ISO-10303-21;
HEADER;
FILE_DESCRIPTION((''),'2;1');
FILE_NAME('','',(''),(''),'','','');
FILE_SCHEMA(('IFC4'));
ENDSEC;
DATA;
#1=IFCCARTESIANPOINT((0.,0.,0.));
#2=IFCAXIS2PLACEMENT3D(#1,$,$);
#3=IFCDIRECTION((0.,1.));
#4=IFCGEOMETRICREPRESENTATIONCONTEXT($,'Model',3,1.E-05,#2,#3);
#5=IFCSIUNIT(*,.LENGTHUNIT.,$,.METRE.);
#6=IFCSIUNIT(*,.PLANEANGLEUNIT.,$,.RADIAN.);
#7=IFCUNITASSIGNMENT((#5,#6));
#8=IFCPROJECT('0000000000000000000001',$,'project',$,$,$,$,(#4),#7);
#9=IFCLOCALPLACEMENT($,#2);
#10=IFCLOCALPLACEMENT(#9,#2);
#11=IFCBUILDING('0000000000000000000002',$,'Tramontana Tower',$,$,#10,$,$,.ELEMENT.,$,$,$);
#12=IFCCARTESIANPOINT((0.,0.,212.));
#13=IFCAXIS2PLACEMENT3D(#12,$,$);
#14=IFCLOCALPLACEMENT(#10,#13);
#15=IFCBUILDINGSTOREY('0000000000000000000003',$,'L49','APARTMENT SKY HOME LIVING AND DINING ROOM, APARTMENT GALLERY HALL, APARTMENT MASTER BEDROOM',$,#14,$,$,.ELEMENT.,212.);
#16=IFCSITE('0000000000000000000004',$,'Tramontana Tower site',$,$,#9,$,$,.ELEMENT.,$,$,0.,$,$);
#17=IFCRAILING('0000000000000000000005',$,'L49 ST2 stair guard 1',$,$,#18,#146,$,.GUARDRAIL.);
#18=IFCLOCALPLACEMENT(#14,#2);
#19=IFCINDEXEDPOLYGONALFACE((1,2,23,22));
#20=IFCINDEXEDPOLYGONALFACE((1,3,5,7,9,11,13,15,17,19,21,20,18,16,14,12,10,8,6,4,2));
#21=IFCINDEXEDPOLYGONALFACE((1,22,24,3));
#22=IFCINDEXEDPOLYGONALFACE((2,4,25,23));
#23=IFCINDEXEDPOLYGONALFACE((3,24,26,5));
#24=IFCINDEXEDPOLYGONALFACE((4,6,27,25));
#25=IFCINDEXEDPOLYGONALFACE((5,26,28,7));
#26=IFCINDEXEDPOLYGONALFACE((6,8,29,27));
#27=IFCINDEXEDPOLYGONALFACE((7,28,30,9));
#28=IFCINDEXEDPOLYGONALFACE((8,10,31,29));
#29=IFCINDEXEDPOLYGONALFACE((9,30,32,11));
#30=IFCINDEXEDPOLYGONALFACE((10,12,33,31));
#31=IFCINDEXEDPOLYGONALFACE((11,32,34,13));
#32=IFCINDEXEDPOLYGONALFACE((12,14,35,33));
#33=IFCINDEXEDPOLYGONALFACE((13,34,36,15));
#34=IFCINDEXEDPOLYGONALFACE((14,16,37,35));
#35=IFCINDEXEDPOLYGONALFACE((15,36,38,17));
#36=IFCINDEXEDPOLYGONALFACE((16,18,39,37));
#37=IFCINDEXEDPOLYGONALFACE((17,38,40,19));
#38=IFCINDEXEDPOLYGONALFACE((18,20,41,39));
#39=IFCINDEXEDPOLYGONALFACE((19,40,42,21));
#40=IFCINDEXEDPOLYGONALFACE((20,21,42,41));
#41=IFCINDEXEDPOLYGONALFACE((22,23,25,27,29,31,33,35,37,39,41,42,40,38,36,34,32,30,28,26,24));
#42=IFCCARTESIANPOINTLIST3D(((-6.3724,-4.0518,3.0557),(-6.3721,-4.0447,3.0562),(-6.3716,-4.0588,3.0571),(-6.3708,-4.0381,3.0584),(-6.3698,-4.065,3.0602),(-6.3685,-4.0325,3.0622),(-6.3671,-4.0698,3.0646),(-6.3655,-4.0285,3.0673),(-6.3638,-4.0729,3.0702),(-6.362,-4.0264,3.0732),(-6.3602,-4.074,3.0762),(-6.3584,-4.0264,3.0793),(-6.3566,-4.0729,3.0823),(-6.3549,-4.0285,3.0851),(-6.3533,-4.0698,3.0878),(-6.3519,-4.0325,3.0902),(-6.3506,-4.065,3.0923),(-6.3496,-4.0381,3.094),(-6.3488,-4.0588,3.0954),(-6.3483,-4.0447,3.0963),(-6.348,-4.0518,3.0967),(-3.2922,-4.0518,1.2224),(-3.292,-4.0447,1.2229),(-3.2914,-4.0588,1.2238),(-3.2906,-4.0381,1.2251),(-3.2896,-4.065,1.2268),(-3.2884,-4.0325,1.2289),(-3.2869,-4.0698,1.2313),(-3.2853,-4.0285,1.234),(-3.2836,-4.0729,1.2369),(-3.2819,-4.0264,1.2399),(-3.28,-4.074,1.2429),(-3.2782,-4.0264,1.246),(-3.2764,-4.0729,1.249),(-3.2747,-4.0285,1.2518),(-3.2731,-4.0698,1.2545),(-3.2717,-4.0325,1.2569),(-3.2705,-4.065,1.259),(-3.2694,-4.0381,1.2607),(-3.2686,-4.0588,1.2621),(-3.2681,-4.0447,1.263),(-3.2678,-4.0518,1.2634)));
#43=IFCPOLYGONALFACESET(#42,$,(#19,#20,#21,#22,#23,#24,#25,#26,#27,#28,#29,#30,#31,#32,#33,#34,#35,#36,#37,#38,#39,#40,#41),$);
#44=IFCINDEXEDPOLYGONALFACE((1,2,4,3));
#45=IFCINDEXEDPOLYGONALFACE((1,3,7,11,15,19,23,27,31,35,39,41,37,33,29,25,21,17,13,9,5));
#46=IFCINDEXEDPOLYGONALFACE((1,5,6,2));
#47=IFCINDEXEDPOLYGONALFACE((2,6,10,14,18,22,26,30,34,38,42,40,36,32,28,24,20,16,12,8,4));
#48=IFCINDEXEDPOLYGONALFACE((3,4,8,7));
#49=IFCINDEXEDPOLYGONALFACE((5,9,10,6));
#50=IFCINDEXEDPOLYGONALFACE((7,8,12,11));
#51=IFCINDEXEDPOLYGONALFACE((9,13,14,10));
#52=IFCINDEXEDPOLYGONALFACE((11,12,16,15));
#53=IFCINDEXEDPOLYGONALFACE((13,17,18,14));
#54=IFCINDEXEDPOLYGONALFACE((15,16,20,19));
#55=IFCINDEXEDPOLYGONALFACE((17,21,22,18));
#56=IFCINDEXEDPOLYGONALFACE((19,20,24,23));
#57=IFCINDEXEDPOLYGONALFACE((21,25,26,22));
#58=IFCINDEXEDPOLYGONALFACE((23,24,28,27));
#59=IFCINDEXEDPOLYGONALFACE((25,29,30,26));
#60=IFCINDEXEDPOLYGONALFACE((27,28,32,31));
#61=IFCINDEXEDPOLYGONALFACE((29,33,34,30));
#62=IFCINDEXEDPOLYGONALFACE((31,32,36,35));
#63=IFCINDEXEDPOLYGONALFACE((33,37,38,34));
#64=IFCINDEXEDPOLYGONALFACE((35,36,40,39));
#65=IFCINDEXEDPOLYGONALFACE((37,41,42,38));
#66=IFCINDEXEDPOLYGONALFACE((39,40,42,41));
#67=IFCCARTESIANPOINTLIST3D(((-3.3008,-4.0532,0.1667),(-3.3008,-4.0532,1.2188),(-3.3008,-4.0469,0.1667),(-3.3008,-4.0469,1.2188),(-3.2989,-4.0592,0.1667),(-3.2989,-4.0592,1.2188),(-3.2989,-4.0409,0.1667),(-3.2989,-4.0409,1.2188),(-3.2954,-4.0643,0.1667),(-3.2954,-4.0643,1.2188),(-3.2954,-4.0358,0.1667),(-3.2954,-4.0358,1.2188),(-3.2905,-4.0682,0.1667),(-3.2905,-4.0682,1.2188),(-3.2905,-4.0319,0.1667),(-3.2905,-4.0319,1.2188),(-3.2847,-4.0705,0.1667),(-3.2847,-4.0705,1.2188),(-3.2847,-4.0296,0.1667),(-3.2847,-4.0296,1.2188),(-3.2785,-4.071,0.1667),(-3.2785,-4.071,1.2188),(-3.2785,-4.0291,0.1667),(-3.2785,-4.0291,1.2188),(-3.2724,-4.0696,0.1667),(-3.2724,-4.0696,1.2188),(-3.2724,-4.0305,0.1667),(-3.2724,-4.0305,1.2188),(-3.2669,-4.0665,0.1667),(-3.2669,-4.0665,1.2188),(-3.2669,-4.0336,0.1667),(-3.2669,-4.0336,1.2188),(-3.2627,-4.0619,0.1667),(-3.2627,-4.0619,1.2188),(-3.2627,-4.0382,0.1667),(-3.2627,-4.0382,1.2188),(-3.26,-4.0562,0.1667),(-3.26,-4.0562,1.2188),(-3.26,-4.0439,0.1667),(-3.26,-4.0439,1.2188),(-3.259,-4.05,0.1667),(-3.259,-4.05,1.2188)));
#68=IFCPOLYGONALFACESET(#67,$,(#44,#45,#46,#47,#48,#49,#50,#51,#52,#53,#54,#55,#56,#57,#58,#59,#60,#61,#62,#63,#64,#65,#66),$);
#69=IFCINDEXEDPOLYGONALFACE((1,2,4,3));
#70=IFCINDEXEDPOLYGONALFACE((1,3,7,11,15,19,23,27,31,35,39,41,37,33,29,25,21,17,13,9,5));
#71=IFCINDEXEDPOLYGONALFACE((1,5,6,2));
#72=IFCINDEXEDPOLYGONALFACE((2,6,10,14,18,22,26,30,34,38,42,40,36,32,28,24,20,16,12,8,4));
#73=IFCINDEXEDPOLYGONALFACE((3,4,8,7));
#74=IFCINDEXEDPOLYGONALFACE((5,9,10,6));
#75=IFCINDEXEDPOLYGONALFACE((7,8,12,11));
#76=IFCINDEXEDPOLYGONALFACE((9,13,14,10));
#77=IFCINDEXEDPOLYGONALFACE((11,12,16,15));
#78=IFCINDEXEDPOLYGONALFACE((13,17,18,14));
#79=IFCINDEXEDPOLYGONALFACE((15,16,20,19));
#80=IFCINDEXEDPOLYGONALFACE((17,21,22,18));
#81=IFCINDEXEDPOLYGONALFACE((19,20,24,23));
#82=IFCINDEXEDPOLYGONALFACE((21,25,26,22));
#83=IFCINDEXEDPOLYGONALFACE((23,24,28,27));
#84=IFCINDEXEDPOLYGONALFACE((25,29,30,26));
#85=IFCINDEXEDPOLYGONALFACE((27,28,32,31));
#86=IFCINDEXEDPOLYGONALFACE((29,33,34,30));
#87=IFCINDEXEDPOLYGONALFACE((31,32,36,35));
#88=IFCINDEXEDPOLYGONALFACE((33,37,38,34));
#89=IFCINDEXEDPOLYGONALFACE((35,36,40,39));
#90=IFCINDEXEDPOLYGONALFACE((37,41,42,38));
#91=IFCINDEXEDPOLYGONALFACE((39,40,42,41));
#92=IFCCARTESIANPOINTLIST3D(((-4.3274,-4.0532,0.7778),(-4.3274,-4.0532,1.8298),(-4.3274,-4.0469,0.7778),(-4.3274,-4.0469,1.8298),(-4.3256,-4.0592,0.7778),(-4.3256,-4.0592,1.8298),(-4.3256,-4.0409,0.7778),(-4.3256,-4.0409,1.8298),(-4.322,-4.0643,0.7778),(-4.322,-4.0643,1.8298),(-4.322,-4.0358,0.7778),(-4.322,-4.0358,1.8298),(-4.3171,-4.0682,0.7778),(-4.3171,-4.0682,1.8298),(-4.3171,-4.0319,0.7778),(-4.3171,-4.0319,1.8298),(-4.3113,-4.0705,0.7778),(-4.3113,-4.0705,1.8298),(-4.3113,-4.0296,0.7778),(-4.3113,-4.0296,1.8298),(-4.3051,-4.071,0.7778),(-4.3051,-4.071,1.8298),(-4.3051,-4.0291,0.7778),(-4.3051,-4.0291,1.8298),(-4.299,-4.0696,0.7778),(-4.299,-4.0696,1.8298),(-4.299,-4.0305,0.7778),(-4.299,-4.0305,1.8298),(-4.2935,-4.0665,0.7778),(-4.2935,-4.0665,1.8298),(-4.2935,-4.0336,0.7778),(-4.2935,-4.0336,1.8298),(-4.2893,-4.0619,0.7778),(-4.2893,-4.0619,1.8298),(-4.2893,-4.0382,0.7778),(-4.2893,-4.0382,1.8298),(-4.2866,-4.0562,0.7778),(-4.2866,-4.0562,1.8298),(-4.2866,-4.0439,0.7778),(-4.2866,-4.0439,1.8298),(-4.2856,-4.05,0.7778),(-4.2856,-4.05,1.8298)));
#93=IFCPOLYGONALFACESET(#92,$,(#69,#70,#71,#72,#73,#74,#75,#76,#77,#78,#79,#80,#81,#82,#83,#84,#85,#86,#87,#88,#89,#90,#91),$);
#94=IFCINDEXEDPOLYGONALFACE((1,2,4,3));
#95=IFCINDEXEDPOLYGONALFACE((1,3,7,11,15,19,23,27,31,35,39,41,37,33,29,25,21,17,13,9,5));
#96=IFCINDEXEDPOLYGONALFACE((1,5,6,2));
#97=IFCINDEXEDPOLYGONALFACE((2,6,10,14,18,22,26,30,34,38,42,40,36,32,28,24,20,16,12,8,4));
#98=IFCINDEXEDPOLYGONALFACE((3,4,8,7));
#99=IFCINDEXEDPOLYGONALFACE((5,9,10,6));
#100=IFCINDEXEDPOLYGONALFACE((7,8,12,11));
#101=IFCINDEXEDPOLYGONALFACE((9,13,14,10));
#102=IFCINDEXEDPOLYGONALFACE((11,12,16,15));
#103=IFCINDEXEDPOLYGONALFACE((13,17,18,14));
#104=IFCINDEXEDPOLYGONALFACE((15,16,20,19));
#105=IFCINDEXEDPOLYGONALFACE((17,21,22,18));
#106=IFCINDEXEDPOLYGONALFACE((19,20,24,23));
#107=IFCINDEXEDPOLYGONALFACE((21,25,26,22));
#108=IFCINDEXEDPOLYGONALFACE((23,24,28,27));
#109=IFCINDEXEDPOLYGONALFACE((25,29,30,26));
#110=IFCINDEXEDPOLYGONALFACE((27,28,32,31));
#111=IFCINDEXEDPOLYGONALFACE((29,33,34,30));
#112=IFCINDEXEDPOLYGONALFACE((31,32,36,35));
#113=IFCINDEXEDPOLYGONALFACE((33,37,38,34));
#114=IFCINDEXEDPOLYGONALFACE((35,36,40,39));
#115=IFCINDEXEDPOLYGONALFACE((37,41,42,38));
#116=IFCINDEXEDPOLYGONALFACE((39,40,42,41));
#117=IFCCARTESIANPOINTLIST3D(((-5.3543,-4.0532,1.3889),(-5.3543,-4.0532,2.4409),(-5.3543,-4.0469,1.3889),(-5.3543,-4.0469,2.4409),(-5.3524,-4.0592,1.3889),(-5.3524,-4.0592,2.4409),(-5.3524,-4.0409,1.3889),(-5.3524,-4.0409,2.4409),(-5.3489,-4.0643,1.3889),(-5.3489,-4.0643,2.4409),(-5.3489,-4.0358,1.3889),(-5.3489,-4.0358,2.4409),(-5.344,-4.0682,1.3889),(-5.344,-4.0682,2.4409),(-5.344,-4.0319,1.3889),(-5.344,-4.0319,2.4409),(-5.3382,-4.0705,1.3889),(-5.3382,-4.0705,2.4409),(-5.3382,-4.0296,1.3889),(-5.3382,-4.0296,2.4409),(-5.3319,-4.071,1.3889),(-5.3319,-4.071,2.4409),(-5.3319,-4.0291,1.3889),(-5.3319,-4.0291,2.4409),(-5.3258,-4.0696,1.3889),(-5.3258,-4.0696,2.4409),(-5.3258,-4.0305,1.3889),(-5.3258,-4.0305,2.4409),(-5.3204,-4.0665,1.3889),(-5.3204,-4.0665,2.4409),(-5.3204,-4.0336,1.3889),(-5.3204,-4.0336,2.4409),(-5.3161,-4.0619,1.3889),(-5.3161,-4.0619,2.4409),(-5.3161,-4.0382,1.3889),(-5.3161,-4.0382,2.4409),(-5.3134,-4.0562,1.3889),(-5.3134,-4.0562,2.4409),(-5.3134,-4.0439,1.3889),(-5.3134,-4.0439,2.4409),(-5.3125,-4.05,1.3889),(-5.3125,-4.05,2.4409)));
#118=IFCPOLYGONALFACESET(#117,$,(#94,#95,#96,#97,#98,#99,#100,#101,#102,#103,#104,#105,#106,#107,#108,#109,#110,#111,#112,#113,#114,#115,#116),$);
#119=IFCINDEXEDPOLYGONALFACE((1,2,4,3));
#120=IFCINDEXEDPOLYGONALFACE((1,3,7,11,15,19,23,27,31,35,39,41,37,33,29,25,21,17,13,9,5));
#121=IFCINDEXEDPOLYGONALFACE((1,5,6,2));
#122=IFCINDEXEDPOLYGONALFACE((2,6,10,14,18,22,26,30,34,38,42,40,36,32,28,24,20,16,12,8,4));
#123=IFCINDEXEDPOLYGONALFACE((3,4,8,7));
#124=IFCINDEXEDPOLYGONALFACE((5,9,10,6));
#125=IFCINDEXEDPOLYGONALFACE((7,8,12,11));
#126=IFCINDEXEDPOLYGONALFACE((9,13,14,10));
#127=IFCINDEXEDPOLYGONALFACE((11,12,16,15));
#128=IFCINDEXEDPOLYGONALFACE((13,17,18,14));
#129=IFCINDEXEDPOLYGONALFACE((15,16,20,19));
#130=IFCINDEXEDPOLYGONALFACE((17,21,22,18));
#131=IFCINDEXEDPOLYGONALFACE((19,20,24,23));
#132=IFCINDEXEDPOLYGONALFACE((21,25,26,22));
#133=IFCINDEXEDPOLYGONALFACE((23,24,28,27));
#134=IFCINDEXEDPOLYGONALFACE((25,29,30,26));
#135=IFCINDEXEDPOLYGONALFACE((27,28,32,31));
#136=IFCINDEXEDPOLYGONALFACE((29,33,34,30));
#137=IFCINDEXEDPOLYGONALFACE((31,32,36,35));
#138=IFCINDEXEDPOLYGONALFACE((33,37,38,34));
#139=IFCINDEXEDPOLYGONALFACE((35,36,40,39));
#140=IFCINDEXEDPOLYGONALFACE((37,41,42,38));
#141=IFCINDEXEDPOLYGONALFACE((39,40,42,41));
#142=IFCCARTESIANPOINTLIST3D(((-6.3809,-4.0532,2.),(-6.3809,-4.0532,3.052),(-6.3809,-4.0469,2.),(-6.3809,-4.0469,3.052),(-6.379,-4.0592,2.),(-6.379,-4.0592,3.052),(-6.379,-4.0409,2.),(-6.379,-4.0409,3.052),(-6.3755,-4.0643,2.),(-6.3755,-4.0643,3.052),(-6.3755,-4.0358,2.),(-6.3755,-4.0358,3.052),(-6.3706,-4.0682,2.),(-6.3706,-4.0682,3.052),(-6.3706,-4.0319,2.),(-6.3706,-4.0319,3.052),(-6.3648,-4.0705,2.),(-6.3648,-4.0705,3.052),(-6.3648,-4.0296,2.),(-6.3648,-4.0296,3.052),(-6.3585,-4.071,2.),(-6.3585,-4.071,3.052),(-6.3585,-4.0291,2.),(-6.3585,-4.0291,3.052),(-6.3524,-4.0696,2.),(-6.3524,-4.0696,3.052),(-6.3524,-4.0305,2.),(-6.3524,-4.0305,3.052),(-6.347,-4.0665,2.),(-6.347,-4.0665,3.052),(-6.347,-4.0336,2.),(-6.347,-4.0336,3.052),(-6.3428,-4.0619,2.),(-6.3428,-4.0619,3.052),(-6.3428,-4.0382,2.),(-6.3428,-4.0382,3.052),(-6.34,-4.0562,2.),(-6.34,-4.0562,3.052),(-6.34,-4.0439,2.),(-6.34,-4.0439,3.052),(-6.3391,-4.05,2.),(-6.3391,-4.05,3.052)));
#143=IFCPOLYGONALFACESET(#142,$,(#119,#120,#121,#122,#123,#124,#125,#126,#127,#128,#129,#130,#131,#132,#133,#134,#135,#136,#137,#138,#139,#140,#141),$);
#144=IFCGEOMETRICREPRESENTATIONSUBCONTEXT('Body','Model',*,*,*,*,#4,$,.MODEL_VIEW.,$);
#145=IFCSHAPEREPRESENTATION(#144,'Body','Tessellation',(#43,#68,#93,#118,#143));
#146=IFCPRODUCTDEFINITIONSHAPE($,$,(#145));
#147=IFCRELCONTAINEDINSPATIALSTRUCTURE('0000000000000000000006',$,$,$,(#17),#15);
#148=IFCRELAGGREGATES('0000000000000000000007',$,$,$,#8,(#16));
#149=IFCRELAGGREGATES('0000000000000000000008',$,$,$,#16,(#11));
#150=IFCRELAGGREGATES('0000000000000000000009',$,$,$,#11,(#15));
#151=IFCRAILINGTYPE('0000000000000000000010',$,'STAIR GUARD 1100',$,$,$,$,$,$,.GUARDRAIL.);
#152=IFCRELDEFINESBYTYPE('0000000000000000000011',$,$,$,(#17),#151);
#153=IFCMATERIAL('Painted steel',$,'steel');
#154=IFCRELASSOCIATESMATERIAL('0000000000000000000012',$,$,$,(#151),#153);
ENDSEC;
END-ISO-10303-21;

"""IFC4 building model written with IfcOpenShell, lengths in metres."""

from ifc_helpers import new_model, si_unit, direction, frame, origin, origin_2d, place, context, subcontext, project, spatial, circle, extrude, material, type_object, element, save


model = new_model("IFC4")

# Units and contexts
model_context = context("Model", 3, precision=1e-05, world=origin(), true_north=direction((0.0, 1.0)))
body_context = subcontext(model_context, "Body", "Model", "MODEL_VIEW")
ifc_project = project(units=[si_unit("LENGTHUNIT", "METRE"), si_unit("PLANEANGLEUNIT", "RADIAN")], contexts=[model_context])

# Site, building, storey
site_placement = place(None, origin())
site = spatial("IfcSite", under=ifc_project, at=site_placement, Name="Tramontana Tower site", CompositionType="ELEMENT", RefElevation=0.0)
building_placement = place(site_placement, origin())
building = spatial("IfcBuilding", under=site, at=building_placement, Name="Tramontana Tower", CompositionType="ELEMENT")
storey_placement = place(building_placement, frame((0.0, 0.0, 212.0)))
storey = spatial("IfcBuildingStorey", under=building, at=storey_placement, Name="L49", Description="APARTMENT SKY HOME LIVING AND DINING ROOM, APARTMENT GALLERY HALL, APARTMENT MASTER BEDROOM", CompositionType="ELEMENT", Elevation=212.0)

# Railing
ifc_material_1 = material(Name="Painted steel", Category="steel")
railing_type_1 = type_object("IfcRailingType", Name="STAIR GUARD 1100", PredefinedType="GUARDRAIL", material=ifc_material_1)
railing_1_placement = place(storey_placement, frame((-3.28, -4.05, 0.1667)))
element("IfcRailing", 1, at=railing_1_placement, inside=storey, type_object=railing_type_1, Name="L49 ST2 stair guard 1", PredefinedType="GUARDRAIL", context=body_context, shape_type="SweptSolid", body=[
    extrude(circle(Radius=0.0239, at=origin_2d()), frame((0.0, 0.0, 1.0762), z_axis=(-0.859309, 0.0, 0.511458), x_axis=(0.0, -1.0, 0.0)), (0.0, 0.0, 1.0), 3.5845),
    extrude(circle(Radius=0.021, at=origin_2d()), origin(), (0.0, 0.0, 1.0), 1.052),
    extrude(circle(Radius=0.021, at=origin_2d()), frame((-1.0266, 0.0, 0.6111)), (0.0, 0.0, 1.0), 1.052),
    extrude(circle(Radius=0.021, at=origin_2d()), frame((-2.0535, 0.0, 1.2222)), (0.0, 0.0, 1.0), 1.052),
    extrude(circle(Radius=0.021, at=origin_2d()), frame((-3.0801, 0.0, 1.8333)), (0.0, 0.0, 1.0), 1.052),
])

save(model, "model.ifc")
